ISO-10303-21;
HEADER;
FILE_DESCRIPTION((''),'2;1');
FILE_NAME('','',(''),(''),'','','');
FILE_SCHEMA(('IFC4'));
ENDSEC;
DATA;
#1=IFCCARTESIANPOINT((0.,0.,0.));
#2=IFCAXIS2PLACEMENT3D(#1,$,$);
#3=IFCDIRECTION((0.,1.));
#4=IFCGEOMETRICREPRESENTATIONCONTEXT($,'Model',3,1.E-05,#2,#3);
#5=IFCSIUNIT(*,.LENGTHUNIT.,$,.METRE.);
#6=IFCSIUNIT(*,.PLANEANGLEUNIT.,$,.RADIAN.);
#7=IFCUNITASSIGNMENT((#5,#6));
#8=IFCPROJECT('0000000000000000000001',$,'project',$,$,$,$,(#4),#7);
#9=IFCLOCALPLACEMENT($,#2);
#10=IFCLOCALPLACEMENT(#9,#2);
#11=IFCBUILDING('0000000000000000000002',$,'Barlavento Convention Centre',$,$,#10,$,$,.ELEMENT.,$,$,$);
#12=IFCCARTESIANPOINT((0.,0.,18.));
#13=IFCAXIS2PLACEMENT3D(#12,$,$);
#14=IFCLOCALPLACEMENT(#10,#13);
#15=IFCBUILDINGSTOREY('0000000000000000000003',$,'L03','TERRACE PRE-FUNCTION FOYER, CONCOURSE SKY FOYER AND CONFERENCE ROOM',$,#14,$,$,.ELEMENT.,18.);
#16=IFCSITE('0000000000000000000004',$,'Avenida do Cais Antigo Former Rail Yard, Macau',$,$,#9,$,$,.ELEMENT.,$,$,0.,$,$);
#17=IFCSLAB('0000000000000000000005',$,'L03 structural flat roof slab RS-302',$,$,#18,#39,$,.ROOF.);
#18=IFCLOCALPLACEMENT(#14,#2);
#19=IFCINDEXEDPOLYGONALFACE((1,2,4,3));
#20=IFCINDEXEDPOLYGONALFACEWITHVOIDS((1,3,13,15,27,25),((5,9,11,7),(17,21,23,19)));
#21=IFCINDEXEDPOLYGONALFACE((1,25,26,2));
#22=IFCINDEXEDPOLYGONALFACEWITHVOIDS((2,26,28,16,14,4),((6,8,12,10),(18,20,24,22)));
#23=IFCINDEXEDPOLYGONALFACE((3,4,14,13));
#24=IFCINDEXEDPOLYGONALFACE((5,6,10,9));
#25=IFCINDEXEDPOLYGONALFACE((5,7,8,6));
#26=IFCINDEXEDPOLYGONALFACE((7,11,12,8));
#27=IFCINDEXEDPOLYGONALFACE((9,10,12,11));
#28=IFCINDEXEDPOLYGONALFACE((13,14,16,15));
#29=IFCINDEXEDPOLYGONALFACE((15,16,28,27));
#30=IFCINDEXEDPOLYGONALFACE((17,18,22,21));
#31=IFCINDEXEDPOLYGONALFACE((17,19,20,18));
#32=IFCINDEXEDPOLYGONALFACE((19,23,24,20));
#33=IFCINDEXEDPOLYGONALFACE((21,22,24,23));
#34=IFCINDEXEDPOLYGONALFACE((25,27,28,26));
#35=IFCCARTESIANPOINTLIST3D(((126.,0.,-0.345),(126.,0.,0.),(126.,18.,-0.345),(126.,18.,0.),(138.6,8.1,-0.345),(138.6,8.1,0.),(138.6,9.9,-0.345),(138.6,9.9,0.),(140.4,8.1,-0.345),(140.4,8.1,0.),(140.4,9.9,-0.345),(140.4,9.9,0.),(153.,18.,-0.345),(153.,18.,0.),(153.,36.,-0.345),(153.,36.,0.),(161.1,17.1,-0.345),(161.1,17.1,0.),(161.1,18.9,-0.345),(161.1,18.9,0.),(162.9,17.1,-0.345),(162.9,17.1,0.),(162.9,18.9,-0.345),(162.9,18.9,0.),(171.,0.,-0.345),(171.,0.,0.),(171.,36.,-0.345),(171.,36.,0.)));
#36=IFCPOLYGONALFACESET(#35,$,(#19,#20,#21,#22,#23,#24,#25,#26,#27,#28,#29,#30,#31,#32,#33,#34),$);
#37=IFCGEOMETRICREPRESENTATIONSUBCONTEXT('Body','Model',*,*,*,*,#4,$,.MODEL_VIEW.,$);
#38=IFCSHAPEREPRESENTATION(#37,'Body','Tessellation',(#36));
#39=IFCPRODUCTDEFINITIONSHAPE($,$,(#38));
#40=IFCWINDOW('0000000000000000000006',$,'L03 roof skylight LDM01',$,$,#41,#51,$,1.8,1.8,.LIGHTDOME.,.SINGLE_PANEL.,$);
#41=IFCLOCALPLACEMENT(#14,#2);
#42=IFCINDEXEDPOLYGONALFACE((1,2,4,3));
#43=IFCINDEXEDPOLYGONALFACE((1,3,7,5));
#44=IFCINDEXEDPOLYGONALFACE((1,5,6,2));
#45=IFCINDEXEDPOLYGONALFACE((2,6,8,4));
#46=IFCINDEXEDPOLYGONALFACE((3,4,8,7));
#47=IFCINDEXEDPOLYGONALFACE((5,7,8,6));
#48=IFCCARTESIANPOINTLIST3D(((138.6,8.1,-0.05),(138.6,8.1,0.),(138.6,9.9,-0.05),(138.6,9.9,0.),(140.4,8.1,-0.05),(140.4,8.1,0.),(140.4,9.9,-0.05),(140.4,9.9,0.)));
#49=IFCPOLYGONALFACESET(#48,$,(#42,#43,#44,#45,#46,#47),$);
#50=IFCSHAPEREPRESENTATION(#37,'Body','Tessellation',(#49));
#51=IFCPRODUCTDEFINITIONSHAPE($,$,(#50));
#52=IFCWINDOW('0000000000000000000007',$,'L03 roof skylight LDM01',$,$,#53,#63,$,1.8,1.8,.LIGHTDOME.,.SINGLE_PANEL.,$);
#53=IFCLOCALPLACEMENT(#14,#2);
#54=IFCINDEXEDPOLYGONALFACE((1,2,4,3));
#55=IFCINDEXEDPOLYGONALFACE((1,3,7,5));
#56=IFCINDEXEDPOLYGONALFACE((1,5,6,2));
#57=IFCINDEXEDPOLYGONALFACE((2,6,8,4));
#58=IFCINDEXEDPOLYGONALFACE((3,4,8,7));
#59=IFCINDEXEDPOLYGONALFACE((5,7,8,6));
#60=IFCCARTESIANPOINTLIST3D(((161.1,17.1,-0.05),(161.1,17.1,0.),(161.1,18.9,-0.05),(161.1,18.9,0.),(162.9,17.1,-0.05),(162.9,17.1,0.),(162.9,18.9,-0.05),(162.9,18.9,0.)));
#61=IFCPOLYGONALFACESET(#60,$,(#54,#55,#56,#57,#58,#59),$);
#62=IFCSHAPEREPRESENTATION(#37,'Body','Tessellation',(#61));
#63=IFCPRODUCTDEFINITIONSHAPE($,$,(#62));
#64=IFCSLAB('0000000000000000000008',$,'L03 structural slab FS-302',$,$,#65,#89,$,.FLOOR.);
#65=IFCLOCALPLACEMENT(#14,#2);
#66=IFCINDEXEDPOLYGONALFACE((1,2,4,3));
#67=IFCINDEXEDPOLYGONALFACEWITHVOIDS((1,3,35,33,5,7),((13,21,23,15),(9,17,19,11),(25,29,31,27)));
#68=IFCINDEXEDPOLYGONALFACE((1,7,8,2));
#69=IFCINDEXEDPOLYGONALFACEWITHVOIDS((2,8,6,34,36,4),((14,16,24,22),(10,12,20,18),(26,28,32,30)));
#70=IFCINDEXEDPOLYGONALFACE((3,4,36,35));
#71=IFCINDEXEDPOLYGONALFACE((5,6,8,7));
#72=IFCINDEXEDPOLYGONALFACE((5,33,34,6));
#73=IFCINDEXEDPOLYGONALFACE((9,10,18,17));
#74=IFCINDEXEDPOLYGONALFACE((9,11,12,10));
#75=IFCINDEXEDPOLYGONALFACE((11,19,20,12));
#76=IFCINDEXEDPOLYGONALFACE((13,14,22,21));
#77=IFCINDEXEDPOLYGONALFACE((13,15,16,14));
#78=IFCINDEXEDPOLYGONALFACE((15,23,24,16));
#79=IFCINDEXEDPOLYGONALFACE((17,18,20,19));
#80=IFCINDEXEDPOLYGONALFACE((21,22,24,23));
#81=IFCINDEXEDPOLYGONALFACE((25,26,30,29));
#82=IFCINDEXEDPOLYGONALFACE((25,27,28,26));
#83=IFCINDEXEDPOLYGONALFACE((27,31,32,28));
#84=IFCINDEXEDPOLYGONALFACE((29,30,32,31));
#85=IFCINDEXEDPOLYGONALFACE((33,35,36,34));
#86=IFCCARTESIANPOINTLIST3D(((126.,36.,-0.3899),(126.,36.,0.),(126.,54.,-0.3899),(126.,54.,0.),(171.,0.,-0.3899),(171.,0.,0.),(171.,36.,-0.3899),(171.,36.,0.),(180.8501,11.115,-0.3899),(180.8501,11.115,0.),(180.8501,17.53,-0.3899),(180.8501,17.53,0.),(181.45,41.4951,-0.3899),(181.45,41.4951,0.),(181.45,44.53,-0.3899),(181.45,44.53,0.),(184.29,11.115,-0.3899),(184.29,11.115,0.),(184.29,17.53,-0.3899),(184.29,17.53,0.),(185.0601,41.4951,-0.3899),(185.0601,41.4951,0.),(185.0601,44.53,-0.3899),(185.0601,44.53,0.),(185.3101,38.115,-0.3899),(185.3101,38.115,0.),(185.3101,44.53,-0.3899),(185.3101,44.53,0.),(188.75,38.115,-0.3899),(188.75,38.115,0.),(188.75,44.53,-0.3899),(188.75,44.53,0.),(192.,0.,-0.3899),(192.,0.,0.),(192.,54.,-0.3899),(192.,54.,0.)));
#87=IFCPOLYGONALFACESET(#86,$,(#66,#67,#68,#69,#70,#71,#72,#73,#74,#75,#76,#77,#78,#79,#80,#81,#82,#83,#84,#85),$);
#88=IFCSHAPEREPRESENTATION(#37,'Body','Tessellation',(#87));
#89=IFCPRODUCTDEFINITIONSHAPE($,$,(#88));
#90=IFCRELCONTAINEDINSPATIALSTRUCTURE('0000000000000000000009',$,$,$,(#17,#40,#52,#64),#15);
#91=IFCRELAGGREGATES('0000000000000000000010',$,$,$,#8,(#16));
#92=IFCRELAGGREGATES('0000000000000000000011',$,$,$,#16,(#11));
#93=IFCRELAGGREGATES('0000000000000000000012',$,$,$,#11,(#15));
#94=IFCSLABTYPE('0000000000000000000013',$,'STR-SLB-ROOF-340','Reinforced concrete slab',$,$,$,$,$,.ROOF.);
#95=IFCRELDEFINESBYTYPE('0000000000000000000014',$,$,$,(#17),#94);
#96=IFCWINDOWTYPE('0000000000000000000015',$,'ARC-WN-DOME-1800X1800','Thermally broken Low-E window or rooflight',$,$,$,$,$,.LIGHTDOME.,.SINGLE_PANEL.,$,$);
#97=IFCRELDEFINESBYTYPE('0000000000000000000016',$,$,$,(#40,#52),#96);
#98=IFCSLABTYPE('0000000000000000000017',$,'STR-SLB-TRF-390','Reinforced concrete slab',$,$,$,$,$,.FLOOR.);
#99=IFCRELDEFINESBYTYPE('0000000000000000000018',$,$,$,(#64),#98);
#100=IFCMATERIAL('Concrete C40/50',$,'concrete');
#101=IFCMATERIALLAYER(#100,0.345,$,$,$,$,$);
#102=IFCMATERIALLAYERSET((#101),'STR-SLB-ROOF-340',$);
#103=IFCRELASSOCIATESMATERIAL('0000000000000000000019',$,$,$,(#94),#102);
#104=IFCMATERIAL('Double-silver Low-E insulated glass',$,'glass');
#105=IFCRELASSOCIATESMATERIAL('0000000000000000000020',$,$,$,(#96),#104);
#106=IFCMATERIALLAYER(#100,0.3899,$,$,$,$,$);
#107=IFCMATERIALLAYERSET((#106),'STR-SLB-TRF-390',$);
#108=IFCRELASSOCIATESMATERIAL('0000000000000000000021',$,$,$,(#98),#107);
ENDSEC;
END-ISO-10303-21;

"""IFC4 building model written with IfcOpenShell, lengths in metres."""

from ifc_helpers import new_model, si_unit, direction, frame, origin, origin_2d, place, context, subcontext, project, spatial, polyline, rectangle, outline, extrude, material, layer, layer_set, type_object, element, fill, save


model = new_model("IFC4")

# Units and contexts
model_context = context("Model", 3, precision=1e-05, world=origin(), true_north=direction((0.0, 1.0)))
body_context = subcontext(model_context, "Body", "Model", "MODEL_VIEW")
ifc_project = project(units=[si_unit("LENGTHUNIT", "METRE"), si_unit("PLANEANGLEUNIT", "RADIAN")], contexts=[model_context])

# Site, building, storey
site_placement = place(None, origin())
site = spatial("IfcSite", under=ifc_project, at=site_placement, Name="Avenida do Cais Antigo Former Rail Yard, Macau", CompositionType="ELEMENT", RefElevation=0.0)
building_placement = place(site_placement, origin())
building = spatial("IfcBuilding", under=site, at=building_placement, Name="Barlavento Convention Centre", CompositionType="ELEMENT")
storey_placement = place(building_placement, frame((0.0, 0.0, 18.0)))
storey = spatial("IfcBuildingStorey", under=building, at=storey_placement, Name="L03", Description="TERRACE PRE-FUNCTION FOYER, CONCOURSE SKY FOYER AND CONFERENCE ROOM", CompositionType="ELEMENT", Elevation=18.0)

# Shared definitions
ifc_material_1 = material(Name="Concrete C40/50", Category="concrete")

# Shared definitions
ifc_layer_1 = layer(ifc_material_1, 0.345)
ifc_layer_set_1 = layer_set([ifc_layer_1], Name="STR-SLB-ROOF-340")
slab_type_1 = type_object("IfcSlabType", Name="STR-SLB-ROOF-340", Description="Reinforced concrete slab", PredefinedType="ROOF", material=ifc_layer_set_1)
ifc_material_2 = material(Name="Double-silver Low-E insulated glass", Category="glass")

# Slab, openings, windows
slab_1_placement = place(storey_placement, frame((0.0, 0.0, -0.345)))
slab_1 = element("IfcSlab", 1, at=slab_1_placement, inside=storey, type_object=slab_type_1, Name="L03 structural flat roof slab RS-302", PredefinedType="ROOF", context=body_context, shape_type="SweptSolid", body=[
    extrude(outline(polyline([(126.0, 0.0), (171.0, 0.0), (171.0, 36.0), (153.0, 36.0), (153.0, 18.0), (126.0, 18.0), (126.0, 0.0)])), origin(), (0.0, 0.0, 1.0), 0.345),
])
opening_1_placement = place(slab_1_placement, frame((139.5, 9.0, 0.0)))
opening_1 = element("IfcOpeningElement", 2, at=opening_1_placement, cuts=slab_1, PredefinedType="OPENING", context=body_context, shape_type="SweptSolid", body=[
    extrude(rectangle(XDim=1.8, YDim=1.8, at=origin_2d()), origin(), (0.0, 0.0, 1.0), 0.345),
])
opening_2_placement = place(slab_1_placement, frame((162.0, 18.0, 0.0)))
opening_2 = element("IfcOpeningElement", 3, at=opening_2_placement, cuts=slab_1, PredefinedType="OPENING", context=body_context, shape_type="SweptSolid", body=[
    extrude(rectangle(XDim=1.8, YDim=1.8, at=origin_2d()), origin(), (0.0, 0.0, 1.0), 0.345),
])
window_type_1 = type_object("IfcWindowType", Name="ARC-WN-DOME-1800X1800", Description="Thermally broken Low-E window or rooflight", PartitioningType="SINGLE_PANEL", PredefinedType="LIGHTDOME", material=ifc_material_2)
window_1_placement = place(opening_1_placement, frame((0.0, 0.0, 0.2949)))
window_1 = element("IfcWindow", 4, at=window_1_placement, inside=storey, type_object=window_type_1, Name="L03 roof skylight LDM01", OverallHeight=1.8, OverallWidth=1.8, PartitioningType="SINGLE_PANEL", PredefinedType="LIGHTDOME", context=body_context, shape_type="SweptSolid", body=[
    extrude(rectangle(XDim=1.8, YDim=1.8, at=origin_2d()), origin(), (0.0, 0.0, 1.0), 0.05),
])
fill(opening_1, window_1)
window_2_placement = place(opening_2_placement, frame((0.0, 0.0, 0.2949)))
window_2 = element("IfcWindow", 5, at=window_2_placement, inside=storey, type_object=window_type_1, Name="L03 roof skylight LDM01", OverallHeight=1.8, OverallWidth=1.8, PartitioningType="SINGLE_PANEL", PredefinedType="LIGHTDOME", context=body_context, shape_type="SweptSolid", body=[
    extrude(rectangle(XDim=1.8, YDim=1.8, at=origin_2d()), origin(), (0.0, 0.0, 1.0), 0.05),
])
fill(opening_2, window_2)

# Slab
ifc_layer_2 = layer(ifc_material_1, 0.3899)
ifc_layer_set_2 = layer_set([ifc_layer_2], Name="STR-SLB-TRF-390")
slab_type_2 = type_object("IfcSlabType", Name="STR-SLB-TRF-390", Description="Reinforced concrete slab", PredefinedType="FLOOR", material=ifc_layer_set_2)
slab_2_placement = place(storey_placement, frame((0.0, 0.0, -0.3899)))
element("IfcSlab", 6, at=slab_2_placement, inside=storey, type_object=slab_type_2, Name="L03 structural slab FS-302", PredefinedType="FLOOR", context=body_context, shape_type="SweptSolid", body=[
    extrude(outline(polyline([(171.0, 0.0), (192.0, 0.0), (192.0, 54.0), (126.0, 54.0), (126.0, 36.0), (171.0, 36.0), (171.0, 0.0)]), holes=[polyline([(188.75, 38.115), (188.75, 44.53), (185.3101, 44.53), (185.3101, 38.115), (188.75, 38.115)]), polyline([(181.45, 41.4951), (185.0601, 41.4951), (185.0601, 44.53), (181.45, 44.53), (181.45, 41.4951)]), polyline([(184.29, 11.115), (184.29, 17.53), (180.8501, 17.53), (180.8501, 11.115), (184.29, 11.115)])]), origin(), (0.0, 0.0, 1.0), 0.3899),
])

save(model, "model.ifc")
